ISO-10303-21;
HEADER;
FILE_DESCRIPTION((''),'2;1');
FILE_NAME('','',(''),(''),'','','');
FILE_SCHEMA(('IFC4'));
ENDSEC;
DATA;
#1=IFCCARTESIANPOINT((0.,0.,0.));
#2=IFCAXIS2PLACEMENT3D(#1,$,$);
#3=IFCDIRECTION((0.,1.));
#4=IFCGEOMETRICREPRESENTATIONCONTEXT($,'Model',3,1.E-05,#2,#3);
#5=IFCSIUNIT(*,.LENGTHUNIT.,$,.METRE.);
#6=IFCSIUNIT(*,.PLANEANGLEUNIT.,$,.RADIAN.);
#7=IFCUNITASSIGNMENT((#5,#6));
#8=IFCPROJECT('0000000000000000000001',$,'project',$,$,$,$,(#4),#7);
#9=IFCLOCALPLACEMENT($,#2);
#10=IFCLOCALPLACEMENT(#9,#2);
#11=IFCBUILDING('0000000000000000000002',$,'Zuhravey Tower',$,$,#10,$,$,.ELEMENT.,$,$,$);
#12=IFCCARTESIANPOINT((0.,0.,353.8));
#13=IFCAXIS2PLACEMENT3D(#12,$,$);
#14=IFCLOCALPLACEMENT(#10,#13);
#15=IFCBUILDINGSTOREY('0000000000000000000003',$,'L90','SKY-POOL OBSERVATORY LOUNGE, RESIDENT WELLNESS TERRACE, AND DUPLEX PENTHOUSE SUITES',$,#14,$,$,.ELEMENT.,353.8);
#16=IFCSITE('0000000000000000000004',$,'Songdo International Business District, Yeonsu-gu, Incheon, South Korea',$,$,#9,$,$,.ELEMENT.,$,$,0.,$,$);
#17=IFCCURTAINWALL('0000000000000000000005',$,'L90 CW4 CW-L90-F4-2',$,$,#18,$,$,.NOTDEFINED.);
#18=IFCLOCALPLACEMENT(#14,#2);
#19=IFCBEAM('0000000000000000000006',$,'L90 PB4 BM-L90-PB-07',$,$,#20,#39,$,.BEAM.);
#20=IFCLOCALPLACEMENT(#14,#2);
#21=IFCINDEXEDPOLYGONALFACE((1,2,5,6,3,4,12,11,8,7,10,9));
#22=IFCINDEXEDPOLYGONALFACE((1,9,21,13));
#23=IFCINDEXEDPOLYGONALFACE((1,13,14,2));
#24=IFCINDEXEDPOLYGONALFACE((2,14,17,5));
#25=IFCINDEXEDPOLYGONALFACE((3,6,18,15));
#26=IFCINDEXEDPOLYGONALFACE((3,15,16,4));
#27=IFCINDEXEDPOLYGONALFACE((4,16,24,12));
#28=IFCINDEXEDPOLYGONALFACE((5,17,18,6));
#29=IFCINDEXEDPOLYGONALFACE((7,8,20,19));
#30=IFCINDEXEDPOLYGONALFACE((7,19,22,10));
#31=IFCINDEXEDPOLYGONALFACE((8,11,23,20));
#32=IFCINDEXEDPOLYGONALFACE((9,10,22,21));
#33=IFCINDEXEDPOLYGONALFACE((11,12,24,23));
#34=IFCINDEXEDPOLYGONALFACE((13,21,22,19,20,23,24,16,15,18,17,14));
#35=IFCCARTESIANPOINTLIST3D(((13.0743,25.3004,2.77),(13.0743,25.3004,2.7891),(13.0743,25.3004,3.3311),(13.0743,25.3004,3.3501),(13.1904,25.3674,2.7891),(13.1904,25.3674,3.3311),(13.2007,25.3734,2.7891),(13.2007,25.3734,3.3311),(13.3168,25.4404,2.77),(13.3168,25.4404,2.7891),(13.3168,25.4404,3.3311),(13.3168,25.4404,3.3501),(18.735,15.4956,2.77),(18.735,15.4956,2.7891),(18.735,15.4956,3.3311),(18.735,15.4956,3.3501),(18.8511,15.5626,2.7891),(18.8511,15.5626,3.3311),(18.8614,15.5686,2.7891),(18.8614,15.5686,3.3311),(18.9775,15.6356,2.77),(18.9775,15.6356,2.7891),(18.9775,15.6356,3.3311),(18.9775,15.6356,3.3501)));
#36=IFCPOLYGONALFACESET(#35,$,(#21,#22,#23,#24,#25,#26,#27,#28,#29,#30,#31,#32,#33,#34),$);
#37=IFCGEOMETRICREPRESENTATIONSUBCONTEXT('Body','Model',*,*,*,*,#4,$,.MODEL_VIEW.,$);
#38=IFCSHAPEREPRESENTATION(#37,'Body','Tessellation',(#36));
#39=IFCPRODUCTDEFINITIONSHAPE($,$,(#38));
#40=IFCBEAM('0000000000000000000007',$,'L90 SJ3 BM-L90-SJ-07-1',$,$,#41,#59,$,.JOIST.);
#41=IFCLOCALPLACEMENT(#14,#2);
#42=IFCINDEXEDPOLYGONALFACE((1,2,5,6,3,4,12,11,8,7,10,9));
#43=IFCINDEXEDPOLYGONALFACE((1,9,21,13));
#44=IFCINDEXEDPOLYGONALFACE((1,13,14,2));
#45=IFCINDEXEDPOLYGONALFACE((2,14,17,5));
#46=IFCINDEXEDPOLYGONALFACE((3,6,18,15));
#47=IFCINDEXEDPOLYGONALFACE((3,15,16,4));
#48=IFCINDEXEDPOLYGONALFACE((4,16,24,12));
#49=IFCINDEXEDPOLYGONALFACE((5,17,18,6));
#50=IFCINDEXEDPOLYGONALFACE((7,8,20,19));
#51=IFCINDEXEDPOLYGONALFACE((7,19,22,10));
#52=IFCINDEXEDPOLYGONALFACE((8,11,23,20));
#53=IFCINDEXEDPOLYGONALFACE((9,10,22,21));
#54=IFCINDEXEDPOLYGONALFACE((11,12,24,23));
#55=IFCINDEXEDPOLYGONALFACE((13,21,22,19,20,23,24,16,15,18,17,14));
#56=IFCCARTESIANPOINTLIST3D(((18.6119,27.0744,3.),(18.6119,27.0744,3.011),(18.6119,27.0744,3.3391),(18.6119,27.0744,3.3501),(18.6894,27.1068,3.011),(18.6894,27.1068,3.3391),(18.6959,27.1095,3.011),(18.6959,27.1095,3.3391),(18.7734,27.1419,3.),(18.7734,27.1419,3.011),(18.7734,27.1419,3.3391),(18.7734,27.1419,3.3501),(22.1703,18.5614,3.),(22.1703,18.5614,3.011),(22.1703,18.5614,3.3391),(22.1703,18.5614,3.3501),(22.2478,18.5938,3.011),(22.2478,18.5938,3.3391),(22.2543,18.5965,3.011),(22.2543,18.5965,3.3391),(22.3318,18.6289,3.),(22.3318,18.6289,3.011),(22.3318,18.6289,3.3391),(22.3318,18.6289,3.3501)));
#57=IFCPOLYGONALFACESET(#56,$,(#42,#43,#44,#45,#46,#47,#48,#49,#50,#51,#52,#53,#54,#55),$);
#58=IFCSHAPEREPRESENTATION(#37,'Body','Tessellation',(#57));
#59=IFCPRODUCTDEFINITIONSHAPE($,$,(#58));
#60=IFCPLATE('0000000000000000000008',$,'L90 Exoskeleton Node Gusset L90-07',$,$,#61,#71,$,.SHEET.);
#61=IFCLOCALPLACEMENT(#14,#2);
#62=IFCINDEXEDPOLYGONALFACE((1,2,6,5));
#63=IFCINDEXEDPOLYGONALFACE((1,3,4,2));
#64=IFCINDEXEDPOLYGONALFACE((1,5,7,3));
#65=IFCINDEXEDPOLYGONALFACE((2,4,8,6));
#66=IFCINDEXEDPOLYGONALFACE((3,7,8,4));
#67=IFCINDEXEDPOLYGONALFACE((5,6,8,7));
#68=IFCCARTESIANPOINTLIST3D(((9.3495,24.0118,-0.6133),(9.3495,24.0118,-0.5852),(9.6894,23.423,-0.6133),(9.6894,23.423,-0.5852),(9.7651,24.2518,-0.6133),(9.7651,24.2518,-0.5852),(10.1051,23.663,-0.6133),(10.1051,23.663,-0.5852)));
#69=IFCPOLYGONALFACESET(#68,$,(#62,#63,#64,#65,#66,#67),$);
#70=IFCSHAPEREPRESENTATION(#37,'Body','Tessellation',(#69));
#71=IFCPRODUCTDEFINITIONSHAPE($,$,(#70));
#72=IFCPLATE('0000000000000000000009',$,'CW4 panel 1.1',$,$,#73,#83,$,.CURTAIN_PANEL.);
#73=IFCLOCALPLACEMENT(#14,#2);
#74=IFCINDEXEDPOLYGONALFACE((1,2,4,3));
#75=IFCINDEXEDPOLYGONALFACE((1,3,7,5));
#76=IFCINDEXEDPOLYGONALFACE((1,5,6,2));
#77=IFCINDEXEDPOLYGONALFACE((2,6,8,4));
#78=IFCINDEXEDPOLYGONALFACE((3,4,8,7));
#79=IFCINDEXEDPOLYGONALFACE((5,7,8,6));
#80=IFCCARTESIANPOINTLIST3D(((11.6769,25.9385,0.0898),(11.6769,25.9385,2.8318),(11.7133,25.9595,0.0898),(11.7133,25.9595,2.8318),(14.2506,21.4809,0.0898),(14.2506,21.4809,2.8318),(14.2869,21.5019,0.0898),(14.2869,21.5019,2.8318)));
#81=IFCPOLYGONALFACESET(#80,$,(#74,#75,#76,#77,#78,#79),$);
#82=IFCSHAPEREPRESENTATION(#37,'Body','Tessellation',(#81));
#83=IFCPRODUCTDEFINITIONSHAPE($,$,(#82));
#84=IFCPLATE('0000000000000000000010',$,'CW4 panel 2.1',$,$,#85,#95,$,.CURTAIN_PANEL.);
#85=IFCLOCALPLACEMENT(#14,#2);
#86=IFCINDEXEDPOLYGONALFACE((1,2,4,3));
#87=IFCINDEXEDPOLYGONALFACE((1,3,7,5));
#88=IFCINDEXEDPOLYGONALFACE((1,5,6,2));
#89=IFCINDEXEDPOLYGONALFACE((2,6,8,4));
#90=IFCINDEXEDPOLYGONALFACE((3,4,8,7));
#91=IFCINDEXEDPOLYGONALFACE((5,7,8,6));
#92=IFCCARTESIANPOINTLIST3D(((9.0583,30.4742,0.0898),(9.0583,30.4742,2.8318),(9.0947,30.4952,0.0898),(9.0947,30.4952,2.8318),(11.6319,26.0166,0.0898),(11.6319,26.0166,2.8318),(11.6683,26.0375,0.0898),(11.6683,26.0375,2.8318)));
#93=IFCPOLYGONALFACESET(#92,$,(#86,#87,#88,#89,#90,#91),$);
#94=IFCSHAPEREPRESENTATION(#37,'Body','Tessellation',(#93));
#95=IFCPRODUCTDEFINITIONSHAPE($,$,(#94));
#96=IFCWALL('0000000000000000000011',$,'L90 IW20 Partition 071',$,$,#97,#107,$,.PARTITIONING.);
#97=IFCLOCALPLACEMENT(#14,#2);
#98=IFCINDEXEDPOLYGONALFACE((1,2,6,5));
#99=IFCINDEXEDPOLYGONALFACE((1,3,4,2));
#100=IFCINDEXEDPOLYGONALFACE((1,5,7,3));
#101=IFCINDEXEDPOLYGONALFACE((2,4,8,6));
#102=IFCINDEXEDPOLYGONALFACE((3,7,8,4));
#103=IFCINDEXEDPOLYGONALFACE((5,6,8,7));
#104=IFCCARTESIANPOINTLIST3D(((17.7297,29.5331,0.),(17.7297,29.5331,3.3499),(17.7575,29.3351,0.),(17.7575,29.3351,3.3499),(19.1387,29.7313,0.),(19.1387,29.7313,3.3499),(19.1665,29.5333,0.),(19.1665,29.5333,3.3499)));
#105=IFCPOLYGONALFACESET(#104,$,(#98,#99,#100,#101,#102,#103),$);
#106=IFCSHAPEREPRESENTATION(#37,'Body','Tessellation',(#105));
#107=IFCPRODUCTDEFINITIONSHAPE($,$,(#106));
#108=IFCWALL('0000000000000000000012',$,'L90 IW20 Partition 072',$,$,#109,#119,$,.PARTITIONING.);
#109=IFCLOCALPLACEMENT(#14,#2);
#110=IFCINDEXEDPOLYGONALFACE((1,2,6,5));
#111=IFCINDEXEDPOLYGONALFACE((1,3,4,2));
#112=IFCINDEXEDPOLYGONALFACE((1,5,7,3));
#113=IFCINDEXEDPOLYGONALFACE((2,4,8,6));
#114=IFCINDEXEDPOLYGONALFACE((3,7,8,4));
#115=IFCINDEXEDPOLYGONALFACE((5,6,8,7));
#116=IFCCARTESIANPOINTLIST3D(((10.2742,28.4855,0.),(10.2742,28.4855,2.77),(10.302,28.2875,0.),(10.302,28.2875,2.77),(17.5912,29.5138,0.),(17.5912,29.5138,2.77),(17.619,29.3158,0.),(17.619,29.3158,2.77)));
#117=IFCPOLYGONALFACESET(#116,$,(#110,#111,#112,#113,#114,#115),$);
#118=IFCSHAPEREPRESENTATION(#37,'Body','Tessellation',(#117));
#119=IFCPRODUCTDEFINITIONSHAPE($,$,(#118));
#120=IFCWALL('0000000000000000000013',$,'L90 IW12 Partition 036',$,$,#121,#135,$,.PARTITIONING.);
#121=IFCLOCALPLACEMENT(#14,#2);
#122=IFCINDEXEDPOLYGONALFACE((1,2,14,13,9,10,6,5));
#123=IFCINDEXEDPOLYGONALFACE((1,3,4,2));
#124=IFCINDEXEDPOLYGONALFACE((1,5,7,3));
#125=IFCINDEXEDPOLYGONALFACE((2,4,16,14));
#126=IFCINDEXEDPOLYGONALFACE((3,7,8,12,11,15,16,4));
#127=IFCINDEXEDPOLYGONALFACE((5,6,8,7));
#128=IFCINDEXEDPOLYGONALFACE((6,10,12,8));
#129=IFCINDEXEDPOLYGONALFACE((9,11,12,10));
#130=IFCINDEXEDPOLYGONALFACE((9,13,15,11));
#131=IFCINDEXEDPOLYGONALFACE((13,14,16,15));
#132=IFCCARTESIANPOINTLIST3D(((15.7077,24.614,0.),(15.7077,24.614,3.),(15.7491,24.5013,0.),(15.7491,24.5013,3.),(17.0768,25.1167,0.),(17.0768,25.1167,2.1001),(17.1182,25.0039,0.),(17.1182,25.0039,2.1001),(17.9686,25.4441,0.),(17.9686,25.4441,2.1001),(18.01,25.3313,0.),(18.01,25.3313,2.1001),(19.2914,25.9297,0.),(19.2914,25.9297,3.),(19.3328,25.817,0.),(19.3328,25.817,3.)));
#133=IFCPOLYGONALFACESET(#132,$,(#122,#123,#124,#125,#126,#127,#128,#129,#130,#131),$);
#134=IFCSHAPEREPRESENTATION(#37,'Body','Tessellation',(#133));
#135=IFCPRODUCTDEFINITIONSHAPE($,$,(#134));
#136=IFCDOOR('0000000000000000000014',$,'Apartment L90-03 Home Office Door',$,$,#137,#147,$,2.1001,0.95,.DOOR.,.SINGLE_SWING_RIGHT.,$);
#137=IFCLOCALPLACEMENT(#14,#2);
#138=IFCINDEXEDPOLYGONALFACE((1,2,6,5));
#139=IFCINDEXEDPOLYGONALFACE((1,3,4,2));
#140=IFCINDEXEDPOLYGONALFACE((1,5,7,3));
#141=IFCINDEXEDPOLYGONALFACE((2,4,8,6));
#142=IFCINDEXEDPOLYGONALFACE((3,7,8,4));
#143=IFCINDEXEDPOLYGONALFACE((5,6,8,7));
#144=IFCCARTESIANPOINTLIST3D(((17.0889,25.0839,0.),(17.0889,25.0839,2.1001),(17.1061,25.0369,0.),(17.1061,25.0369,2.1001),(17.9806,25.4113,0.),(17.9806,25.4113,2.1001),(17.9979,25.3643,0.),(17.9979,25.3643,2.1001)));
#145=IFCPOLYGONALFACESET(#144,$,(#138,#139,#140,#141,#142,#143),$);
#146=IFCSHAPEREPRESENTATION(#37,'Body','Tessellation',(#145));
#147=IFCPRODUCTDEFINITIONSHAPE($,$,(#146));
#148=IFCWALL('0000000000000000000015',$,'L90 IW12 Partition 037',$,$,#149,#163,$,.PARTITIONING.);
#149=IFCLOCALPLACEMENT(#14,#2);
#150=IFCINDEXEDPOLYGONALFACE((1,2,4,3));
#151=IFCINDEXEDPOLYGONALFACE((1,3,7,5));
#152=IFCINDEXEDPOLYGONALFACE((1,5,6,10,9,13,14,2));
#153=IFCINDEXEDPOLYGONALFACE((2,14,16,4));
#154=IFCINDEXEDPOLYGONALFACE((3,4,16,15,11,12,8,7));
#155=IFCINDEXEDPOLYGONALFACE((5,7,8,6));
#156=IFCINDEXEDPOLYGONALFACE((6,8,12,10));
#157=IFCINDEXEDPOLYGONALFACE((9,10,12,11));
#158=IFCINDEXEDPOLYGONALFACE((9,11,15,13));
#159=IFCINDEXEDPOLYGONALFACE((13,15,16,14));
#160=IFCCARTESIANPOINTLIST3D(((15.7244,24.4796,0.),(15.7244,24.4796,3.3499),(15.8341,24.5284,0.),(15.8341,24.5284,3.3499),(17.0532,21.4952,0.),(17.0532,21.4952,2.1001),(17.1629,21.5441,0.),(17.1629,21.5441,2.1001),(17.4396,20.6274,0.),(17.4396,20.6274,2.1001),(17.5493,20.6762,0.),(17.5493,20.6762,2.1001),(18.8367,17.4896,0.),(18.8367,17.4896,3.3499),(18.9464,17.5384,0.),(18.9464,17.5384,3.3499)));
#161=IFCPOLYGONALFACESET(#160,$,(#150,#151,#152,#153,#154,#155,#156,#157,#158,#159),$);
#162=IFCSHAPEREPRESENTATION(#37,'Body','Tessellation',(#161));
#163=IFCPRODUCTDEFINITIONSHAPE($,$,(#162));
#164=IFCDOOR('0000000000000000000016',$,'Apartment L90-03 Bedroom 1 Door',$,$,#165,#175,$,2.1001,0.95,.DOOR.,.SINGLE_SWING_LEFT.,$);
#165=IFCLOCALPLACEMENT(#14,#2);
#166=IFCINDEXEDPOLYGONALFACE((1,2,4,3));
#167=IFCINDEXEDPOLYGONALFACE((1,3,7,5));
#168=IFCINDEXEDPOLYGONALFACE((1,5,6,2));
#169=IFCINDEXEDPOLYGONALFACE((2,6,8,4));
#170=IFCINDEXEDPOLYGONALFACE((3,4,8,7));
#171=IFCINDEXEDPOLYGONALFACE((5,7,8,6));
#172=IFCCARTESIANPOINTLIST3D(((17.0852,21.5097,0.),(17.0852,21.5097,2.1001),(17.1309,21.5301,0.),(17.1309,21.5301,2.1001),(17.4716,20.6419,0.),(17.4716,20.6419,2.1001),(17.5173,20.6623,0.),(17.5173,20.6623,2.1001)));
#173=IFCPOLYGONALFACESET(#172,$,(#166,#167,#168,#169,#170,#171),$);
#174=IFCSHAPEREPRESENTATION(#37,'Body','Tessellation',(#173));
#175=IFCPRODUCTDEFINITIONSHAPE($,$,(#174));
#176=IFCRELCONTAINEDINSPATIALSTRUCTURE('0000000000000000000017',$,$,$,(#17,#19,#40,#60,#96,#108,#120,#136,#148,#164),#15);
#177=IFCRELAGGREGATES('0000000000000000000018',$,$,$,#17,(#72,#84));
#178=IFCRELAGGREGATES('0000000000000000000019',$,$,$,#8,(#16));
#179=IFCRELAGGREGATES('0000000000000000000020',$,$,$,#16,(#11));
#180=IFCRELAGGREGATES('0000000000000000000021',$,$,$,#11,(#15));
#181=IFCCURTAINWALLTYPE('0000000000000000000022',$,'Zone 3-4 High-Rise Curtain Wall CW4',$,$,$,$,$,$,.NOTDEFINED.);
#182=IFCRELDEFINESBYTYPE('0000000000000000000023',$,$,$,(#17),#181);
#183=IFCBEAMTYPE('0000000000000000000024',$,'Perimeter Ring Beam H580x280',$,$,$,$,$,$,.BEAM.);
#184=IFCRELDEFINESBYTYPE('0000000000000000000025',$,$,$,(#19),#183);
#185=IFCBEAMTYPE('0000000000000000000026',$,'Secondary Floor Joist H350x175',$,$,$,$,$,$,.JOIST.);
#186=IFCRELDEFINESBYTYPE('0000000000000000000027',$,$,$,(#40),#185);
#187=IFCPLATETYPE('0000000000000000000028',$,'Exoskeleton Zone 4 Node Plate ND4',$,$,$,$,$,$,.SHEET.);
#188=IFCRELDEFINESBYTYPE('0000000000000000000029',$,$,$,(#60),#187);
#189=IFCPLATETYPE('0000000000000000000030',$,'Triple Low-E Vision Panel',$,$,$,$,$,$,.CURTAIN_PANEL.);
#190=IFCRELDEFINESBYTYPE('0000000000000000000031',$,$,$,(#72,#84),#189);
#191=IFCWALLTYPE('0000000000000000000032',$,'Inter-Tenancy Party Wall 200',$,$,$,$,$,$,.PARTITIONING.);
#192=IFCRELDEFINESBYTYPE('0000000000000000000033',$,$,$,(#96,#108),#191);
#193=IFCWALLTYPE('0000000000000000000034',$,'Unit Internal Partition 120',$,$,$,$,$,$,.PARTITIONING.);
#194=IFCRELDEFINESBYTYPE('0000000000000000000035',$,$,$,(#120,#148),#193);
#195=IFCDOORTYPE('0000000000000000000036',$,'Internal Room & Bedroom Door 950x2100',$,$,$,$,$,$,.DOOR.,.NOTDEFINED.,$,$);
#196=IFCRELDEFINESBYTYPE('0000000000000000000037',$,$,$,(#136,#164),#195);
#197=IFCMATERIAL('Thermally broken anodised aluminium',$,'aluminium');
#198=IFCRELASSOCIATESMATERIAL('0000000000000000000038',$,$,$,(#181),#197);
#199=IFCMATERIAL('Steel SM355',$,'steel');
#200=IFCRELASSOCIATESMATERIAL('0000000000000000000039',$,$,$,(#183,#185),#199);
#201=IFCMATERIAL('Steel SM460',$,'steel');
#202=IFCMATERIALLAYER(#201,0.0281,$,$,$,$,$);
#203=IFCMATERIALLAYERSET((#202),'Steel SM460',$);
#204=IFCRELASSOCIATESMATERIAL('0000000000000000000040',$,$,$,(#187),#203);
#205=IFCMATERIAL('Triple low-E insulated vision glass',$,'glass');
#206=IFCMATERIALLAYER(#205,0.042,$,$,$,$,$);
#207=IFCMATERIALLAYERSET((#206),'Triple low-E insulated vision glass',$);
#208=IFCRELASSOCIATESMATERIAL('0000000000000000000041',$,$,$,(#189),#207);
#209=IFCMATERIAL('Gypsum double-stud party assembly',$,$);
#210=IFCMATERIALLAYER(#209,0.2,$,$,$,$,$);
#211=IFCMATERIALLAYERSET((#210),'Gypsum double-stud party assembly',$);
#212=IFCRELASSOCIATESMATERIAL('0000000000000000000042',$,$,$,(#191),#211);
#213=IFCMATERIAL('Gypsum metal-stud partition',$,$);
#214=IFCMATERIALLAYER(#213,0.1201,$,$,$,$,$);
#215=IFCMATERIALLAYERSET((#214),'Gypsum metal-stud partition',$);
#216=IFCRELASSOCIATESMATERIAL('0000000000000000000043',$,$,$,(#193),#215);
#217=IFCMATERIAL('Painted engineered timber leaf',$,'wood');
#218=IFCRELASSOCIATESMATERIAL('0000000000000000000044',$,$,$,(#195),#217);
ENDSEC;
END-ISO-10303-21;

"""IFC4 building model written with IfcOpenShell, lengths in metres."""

from ifc_helpers import new_model, si_unit, direction, frame, frame_2d, origin, origin_2d, place, context, subcontext, project, spatial, rectangle, i_section, extrude, material, layer, layer_set, material_profile, profile_set, type_object, element, fill, aggregate, save


model = new_model("IFC4")

# Units and contexts
model_context = context("Model", 3, precision=1e-05, world=origin(), true_north=direction((0.0, 1.0)))
body_context = subcontext(model_context, "Body", "Model", "MODEL_VIEW")
ifc_project = project(units=[si_unit("LENGTHUNIT", "METRE"), si_unit("PLANEANGLEUNIT", "RADIAN")], contexts=[model_context])

# Site, building, storey
site_placement = place(None, origin())
site = spatial("IfcSite", under=ifc_project, at=site_placement, Name="Songdo International Business District, Yeonsu-gu, Incheon, South Korea", CompositionType="ELEMENT", RefElevation=0.0)
building_placement = place(site_placement, origin())
building = spatial("IfcBuilding", under=site, at=building_placement, Name="Zuhravey Tower", CompositionType="ELEMENT")
storey_placement = place(building_placement, frame((0.0, 0.0, 353.8)))
storey = spatial("IfcBuildingStorey", under=building, at=storey_placement, Name="L90", Description="SKY-POOL OBSERVATORY LOUNGE, RESIDENT WELLNESS TERRACE, AND DUPLEX PENTHOUSE SUITES", CompositionType="ELEMENT", Elevation=353.8)

# Curtain wall
ifc_material_1 = material(Name="Thermally broken anodised aluminium", Category="aluminium")
curtain_wall_type = type_object("IfcCurtainWallType", Name="Zone 3-4 High-Rise Curtain Wall CW4", PredefinedType="NOTDEFINED", material=ifc_material_1)
curtain_wall_placement = place(storey_placement, origin())
curtain_wall = element("IfcCurtainWall", 1, at=curtain_wall_placement, inside=storey, type_object=curtain_wall_type, Name="L90 CW4 CW-L90-F4-2", PredefinedType="NOTDEFINED")

# Shared definitions
ifc_material_2 = material(Name="Steel SM460", Category="steel")

# Shared definitions
ifc_material_3 = material(Name="Steel SM355", Category="steel")

# Beams
ifc_material_profile_1 = material_profile(ifc_material_3, i_section(OverallWidth=0.28, OverallDepth=0.5801, WebThickness=0.012, FlangeThickness=0.019, at=origin_2d()), Name="H-580x280x12x19")
ifc_profile_set_1 = profile_set([ifc_material_profile_1], Name="Steel SM355")
beam_type_1 = type_object("IfcBeamType", Name="Perimeter Ring Beam H580x280", PredefinedType="BEAM", material=ifc_profile_set_1)
beam_1_placement = place(storey_placement, frame((13.1956, 25.3704, 3.0601), z_axis=(0.499994, -0.866029, 0.0), x_axis=(0.866029, 0.499994, 0.0)))
element("IfcBeam", 2, at=beam_1_placement, inside=storey, type_object=beam_type_1, Name="L90 PB4 BM-L90-PB-07", PredefinedType="BEAM", context=body_context, shape_type="SweptSolid", body=[
    extrude(i_section(OverallWidth=0.28, OverallDepth=0.5801, WebThickness=0.012, FlangeThickness=0.019, at=origin_2d()), origin(), (0.0, 0.0, 1.0), 11.3215),
])
ifc_material_profile_2 = material_profile(ifc_material_3, i_section(OverallWidth=0.175, OverallDepth=0.3501, WebThickness=0.0071, FlangeThickness=0.011, at=origin_2d()), Name="H-350x175x7x11")
ifc_profile_set_2 = profile_set([ifc_material_profile_2], Name="Steel SM355")
beam_type_2 = type_object("IfcBeamType", Name="Secondary Floor Joist H350x175", PredefinedType="JOIST", material=ifc_profile_set_2)
beam_2_placement = place(storey_placement, frame((18.6926, 27.1082, 3.175), z_axis=(0.385658, -0.922642, 0.0), x_axis=(0.922642, 0.385658, 0.0)))
element("IfcBeam", 3, at=beam_2_placement, inside=storey, type_object=beam_type_2, Name="L90 SJ3 BM-L90-SJ-07-1", PredefinedType="JOIST", context=body_context, shape_type="SweptSolid", body=[
    extrude(i_section(OverallWidth=0.175, OverallDepth=0.3501, WebThickness=0.0071, FlangeThickness=0.011, at=origin_2d()), origin(), (0.0, 0.0, 1.0), 9.2268),
])

# Plates
ifc_layer_1 = layer(ifc_material_2, 0.0281)
ifc_layer_set_1 = layer_set([ifc_layer_1], Name="Steel SM460")
plate_type_1 = type_object("IfcPlateType", Name="Exoskeleton Zone 4 Node Plate ND4", PredefinedType="SHEET", material=ifc_layer_set_1)
plate_1_placement = place(storey_placement, frame((9.7273, 23.8374, -0.6133), z_axis=(0.0, 0.0, 1.0), x_axis=(0.5, -0.866025, 0.0)))
element("IfcPlate", 4, at=plate_1_placement, inside=storey, type_object=plate_type_1, Name="L90 Exoskeleton Node Gusset L90-07", PredefinedType="SHEET", context=body_context, shape_type="SweptSolid", body=[
    extrude(rectangle(XDim=0.6799, YDim=0.48, at=origin_2d()), origin(), (0.0, 0.0, 1.0), 0.0281),
])
ifc_material_4 = material(Name="Triple low-E insulated vision glass", Category="glass")
ifc_layer_2 = layer(ifc_material_4, 0.042)
ifc_layer_set_2 = layer_set([ifc_layer_2], Name="Triple low-E insulated vision glass")
plate_type_2 = type_object("IfcPlateType", Name="Triple Low-E Vision Panel", PredefinedType="CURTAIN_PANEL", material=ifc_layer_set_2)
plate_2_placement = place(storey_placement, frame((12.9819, 23.7202, 0.0898), z_axis=(0.0, 0.0, 1.0), x_axis=(-0.500002, 0.866024, 0.0)))
plate_2 = element("IfcPlate", 5, at=plate_2_placement, type_object=plate_type_2, Name="CW4 panel 1.1", PredefinedType="CURTAIN_PANEL", context=body_context, shape_type="SweptSolid", body=[
    extrude(rectangle(XDim=5.1472, YDim=0.042, at=origin_2d()), origin(), (0.0, 0.0, 1.0), 2.7419),
])
plate_3_placement = place(storey_placement, frame((10.3633, 28.2559, 0.0898), z_axis=(0.0, 0.0, 1.0), x_axis=(-0.500002, 0.866024, 0.0)))
plate_3 = element("IfcPlate", 6, at=plate_3_placement, type_object=plate_type_2, Name="CW4 panel 2.1", PredefinedType="CURTAIN_PANEL", context=body_context, shape_type="SweptSolid", body=[
    extrude(rectangle(XDim=5.1472, YDim=0.042, at=origin_2d()), origin(), (0.0, 0.0, 1.0), 2.7419),
])
aggregate(curtain_wall, [plate_2, plate_3])

# Walls
ifc_material_5 = material(Name="Gypsum double-stud party assembly")
ifc_layer_3 = layer(ifc_material_5, 0.2)
ifc_layer_set_3 = layer_set([ifc_layer_3], Name="Gypsum double-stud party assembly")
wall_type_1 = type_object("IfcWallType", Name="Inter-Tenancy Party Wall 200", PredefinedType="PARTITIONING", material=ifc_layer_set_3)
wall_1_placement = place(storey_placement, frame((19.1526, 29.6323, 0.0), z_axis=(0.0, 0.0, 1.0), x_axis=(-0.990246, -0.139331, 0.0)))
element("IfcWall", 7, at=wall_1_placement, inside=storey, type_object=wall_type_1, Name="L90 IW20 Partition 071", PredefinedType="PARTITIONING", context=body_context, shape_type="SweptSolid", body=[
    extrude(rectangle(XDim=1.4229, YDim=0.2, at=frame_2d((0.7114, 0.0))), origin(), (0.0, 0.0, 1.0), 3.3499),
])
wall_2_placement = place(storey_placement, frame((17.605, 29.4148, 0.0), z_axis=(0.0, 0.0, 1.0), x_axis=(-0.990268, -0.139173, 0.0)))
element("IfcWall", 8, at=wall_2_placement, inside=storey, type_object=wall_type_1, Name="L90 IW20 Partition 072", PredefinedType="PARTITIONING", context=body_context, shape_type="SweptSolid", body=[
    extrude(rectangle(XDim=7.3889, YDim=0.2, at=frame_2d((3.6943, 0.0))), origin(), (0.0, 0.0, 1.0), 2.77),
])

# Walls, openings, doors
ifc_material_6 = material(Name="Gypsum metal-stud partition")
ifc_layer_4 = layer(ifc_material_6, 0.1201)
ifc_layer_set_4 = layer_set([ifc_layer_4], Name="Gypsum metal-stud partition")
wall_type_2 = type_object("IfcWallType", Name="Unit Internal Partition 120", PredefinedType="PARTITIONING", material=ifc_layer_set_4)
wall_3_placement = place(storey_placement, frame((19.312, 25.8733, 0.0), z_axis=(0.0, 0.0, 1.0), x_axis=(-0.938738, -0.344632, 0.0)))
wall_3 = element("IfcWall", 9, at=wall_3_placement, inside=storey, type_object=wall_type_2, Name="L90 IW12 Partition 036", PredefinedType="PARTITIONING", context=body_context, shape_type="SweptSolid", body=[
    extrude(rectangle(XDim=3.8176, YDim=0.1201, at=frame_2d((1.9087, 0.0))), origin(), (0.0, 0.0, 1.0), 3.0),
])
opening_1_placement = place(wall_3_placement, frame((1.4089, 0.0, 0.0)))
opening_1 = element("IfcOpeningElement", 10, at=opening_1_placement, cuts=wall_3, PredefinedType="OPENING", context=body_context, shape_type="SweptSolid", body=[
    extrude(rectangle(XDim=0.95, YDim=2.1001, at=frame_2d((0.4751, 1.05))), frame((0.0, 0.072, 0.0), z_axis=(0.0, -1.0, 0.0), x_axis=(1.0, 0.0, 0.0)), (0.0, 0.0, 1.0), 0.144),
])
ifc_material_7 = material(Name="Painted engineered timber leaf", Category="wood")
door_type = type_object("IfcDoorType", Name="Internal Room & Bedroom Door 950x2100", OperationType="NOTDEFINED", PredefinedType="DOOR", material=ifc_material_7)
door_1_placement = place(opening_1_placement, origin())
door_1 = element("IfcDoor", 11, at=door_1_placement, inside=storey, type_object=door_type, Name="Apartment L90-03 Home Office Door", OperationType="SINGLE_SWING_RIGHT", OverallHeight=2.1001, OverallWidth=0.95, PredefinedType="DOOR", context=body_context, shape_type="SweptSolid", body=[
    extrude(rectangle(XDim=0.95, YDim=2.1001, at=frame_2d((0.4751, 1.05))), frame((0.0, 0.0249, 0.0), z_axis=(0.0, -1.0, 0.0), x_axis=(1.0, 0.0, 0.0)), (0.0, 0.0, 1.0), 0.05),
])
fill(opening_1, door_1)
wall_4_placement = place(storey_placement, frame((15.7793, 24.5039, 0.0), z_axis=(0.0, 0.0, 1.0), x_axis=(0.406754, -0.913538, 0.0)))
wall_4 = element("IfcWall", 12, at=wall_4_placement, inside=storey, type_object=wall_type_2, Name="L90 IW12 Partition 037", PredefinedType="PARTITIONING", context=body_context, shape_type="SweptSolid", body=[
    extrude(rectangle(XDim=7.6516, YDim=0.1201, at=frame_2d((3.8257, 0.0))), origin(), (0.0, 0.0, 1.0), 3.3499),
])
opening_2_placement = place(wall_4_placement, frame((3.2666, 0.0, 0.0)))
opening_2 = element("IfcOpeningElement", 13, at=opening_2_placement, cuts=wall_4, PredefinedType="OPENING", context=body_context, shape_type="SweptSolid", body=[
    extrude(rectangle(XDim=0.95, YDim=2.1001, at=frame_2d((0.4751, 1.05))), frame((0.0, 0.072, 0.0), z_axis=(0.0, -1.0, 0.0), x_axis=(1.0, 0.0, 0.0)), (0.0, 0.0, 1.0), 0.144),
])
door_2_placement = place(opening_2_placement, frame((0.95, 0.0, 0.0), z_axis=(0.0, 0.0, 1.0), x_axis=(-1.0, 0.0, 0.0)))
door_2 = element("IfcDoor", 14, at=door_2_placement, inside=storey, type_object=door_type, Name="Apartment L90-03 Bedroom 1 Door", OperationType="SINGLE_SWING_LEFT", OverallHeight=2.1001, OverallWidth=0.95, PredefinedType="DOOR", context=body_context, shape_type="SweptSolid", body=[
    extrude(rectangle(XDim=0.95, YDim=2.1001, at=frame_2d((0.4751, 1.05))), frame((0.0, 0.0249, 0.0), z_axis=(0.0, -1.0, 0.0), x_axis=(1.0, 0.0, 0.0)), (0.0, 0.0, 1.0), 0.05),
])
fill(opening_2, door_2)

save(model, "model.ifc")
